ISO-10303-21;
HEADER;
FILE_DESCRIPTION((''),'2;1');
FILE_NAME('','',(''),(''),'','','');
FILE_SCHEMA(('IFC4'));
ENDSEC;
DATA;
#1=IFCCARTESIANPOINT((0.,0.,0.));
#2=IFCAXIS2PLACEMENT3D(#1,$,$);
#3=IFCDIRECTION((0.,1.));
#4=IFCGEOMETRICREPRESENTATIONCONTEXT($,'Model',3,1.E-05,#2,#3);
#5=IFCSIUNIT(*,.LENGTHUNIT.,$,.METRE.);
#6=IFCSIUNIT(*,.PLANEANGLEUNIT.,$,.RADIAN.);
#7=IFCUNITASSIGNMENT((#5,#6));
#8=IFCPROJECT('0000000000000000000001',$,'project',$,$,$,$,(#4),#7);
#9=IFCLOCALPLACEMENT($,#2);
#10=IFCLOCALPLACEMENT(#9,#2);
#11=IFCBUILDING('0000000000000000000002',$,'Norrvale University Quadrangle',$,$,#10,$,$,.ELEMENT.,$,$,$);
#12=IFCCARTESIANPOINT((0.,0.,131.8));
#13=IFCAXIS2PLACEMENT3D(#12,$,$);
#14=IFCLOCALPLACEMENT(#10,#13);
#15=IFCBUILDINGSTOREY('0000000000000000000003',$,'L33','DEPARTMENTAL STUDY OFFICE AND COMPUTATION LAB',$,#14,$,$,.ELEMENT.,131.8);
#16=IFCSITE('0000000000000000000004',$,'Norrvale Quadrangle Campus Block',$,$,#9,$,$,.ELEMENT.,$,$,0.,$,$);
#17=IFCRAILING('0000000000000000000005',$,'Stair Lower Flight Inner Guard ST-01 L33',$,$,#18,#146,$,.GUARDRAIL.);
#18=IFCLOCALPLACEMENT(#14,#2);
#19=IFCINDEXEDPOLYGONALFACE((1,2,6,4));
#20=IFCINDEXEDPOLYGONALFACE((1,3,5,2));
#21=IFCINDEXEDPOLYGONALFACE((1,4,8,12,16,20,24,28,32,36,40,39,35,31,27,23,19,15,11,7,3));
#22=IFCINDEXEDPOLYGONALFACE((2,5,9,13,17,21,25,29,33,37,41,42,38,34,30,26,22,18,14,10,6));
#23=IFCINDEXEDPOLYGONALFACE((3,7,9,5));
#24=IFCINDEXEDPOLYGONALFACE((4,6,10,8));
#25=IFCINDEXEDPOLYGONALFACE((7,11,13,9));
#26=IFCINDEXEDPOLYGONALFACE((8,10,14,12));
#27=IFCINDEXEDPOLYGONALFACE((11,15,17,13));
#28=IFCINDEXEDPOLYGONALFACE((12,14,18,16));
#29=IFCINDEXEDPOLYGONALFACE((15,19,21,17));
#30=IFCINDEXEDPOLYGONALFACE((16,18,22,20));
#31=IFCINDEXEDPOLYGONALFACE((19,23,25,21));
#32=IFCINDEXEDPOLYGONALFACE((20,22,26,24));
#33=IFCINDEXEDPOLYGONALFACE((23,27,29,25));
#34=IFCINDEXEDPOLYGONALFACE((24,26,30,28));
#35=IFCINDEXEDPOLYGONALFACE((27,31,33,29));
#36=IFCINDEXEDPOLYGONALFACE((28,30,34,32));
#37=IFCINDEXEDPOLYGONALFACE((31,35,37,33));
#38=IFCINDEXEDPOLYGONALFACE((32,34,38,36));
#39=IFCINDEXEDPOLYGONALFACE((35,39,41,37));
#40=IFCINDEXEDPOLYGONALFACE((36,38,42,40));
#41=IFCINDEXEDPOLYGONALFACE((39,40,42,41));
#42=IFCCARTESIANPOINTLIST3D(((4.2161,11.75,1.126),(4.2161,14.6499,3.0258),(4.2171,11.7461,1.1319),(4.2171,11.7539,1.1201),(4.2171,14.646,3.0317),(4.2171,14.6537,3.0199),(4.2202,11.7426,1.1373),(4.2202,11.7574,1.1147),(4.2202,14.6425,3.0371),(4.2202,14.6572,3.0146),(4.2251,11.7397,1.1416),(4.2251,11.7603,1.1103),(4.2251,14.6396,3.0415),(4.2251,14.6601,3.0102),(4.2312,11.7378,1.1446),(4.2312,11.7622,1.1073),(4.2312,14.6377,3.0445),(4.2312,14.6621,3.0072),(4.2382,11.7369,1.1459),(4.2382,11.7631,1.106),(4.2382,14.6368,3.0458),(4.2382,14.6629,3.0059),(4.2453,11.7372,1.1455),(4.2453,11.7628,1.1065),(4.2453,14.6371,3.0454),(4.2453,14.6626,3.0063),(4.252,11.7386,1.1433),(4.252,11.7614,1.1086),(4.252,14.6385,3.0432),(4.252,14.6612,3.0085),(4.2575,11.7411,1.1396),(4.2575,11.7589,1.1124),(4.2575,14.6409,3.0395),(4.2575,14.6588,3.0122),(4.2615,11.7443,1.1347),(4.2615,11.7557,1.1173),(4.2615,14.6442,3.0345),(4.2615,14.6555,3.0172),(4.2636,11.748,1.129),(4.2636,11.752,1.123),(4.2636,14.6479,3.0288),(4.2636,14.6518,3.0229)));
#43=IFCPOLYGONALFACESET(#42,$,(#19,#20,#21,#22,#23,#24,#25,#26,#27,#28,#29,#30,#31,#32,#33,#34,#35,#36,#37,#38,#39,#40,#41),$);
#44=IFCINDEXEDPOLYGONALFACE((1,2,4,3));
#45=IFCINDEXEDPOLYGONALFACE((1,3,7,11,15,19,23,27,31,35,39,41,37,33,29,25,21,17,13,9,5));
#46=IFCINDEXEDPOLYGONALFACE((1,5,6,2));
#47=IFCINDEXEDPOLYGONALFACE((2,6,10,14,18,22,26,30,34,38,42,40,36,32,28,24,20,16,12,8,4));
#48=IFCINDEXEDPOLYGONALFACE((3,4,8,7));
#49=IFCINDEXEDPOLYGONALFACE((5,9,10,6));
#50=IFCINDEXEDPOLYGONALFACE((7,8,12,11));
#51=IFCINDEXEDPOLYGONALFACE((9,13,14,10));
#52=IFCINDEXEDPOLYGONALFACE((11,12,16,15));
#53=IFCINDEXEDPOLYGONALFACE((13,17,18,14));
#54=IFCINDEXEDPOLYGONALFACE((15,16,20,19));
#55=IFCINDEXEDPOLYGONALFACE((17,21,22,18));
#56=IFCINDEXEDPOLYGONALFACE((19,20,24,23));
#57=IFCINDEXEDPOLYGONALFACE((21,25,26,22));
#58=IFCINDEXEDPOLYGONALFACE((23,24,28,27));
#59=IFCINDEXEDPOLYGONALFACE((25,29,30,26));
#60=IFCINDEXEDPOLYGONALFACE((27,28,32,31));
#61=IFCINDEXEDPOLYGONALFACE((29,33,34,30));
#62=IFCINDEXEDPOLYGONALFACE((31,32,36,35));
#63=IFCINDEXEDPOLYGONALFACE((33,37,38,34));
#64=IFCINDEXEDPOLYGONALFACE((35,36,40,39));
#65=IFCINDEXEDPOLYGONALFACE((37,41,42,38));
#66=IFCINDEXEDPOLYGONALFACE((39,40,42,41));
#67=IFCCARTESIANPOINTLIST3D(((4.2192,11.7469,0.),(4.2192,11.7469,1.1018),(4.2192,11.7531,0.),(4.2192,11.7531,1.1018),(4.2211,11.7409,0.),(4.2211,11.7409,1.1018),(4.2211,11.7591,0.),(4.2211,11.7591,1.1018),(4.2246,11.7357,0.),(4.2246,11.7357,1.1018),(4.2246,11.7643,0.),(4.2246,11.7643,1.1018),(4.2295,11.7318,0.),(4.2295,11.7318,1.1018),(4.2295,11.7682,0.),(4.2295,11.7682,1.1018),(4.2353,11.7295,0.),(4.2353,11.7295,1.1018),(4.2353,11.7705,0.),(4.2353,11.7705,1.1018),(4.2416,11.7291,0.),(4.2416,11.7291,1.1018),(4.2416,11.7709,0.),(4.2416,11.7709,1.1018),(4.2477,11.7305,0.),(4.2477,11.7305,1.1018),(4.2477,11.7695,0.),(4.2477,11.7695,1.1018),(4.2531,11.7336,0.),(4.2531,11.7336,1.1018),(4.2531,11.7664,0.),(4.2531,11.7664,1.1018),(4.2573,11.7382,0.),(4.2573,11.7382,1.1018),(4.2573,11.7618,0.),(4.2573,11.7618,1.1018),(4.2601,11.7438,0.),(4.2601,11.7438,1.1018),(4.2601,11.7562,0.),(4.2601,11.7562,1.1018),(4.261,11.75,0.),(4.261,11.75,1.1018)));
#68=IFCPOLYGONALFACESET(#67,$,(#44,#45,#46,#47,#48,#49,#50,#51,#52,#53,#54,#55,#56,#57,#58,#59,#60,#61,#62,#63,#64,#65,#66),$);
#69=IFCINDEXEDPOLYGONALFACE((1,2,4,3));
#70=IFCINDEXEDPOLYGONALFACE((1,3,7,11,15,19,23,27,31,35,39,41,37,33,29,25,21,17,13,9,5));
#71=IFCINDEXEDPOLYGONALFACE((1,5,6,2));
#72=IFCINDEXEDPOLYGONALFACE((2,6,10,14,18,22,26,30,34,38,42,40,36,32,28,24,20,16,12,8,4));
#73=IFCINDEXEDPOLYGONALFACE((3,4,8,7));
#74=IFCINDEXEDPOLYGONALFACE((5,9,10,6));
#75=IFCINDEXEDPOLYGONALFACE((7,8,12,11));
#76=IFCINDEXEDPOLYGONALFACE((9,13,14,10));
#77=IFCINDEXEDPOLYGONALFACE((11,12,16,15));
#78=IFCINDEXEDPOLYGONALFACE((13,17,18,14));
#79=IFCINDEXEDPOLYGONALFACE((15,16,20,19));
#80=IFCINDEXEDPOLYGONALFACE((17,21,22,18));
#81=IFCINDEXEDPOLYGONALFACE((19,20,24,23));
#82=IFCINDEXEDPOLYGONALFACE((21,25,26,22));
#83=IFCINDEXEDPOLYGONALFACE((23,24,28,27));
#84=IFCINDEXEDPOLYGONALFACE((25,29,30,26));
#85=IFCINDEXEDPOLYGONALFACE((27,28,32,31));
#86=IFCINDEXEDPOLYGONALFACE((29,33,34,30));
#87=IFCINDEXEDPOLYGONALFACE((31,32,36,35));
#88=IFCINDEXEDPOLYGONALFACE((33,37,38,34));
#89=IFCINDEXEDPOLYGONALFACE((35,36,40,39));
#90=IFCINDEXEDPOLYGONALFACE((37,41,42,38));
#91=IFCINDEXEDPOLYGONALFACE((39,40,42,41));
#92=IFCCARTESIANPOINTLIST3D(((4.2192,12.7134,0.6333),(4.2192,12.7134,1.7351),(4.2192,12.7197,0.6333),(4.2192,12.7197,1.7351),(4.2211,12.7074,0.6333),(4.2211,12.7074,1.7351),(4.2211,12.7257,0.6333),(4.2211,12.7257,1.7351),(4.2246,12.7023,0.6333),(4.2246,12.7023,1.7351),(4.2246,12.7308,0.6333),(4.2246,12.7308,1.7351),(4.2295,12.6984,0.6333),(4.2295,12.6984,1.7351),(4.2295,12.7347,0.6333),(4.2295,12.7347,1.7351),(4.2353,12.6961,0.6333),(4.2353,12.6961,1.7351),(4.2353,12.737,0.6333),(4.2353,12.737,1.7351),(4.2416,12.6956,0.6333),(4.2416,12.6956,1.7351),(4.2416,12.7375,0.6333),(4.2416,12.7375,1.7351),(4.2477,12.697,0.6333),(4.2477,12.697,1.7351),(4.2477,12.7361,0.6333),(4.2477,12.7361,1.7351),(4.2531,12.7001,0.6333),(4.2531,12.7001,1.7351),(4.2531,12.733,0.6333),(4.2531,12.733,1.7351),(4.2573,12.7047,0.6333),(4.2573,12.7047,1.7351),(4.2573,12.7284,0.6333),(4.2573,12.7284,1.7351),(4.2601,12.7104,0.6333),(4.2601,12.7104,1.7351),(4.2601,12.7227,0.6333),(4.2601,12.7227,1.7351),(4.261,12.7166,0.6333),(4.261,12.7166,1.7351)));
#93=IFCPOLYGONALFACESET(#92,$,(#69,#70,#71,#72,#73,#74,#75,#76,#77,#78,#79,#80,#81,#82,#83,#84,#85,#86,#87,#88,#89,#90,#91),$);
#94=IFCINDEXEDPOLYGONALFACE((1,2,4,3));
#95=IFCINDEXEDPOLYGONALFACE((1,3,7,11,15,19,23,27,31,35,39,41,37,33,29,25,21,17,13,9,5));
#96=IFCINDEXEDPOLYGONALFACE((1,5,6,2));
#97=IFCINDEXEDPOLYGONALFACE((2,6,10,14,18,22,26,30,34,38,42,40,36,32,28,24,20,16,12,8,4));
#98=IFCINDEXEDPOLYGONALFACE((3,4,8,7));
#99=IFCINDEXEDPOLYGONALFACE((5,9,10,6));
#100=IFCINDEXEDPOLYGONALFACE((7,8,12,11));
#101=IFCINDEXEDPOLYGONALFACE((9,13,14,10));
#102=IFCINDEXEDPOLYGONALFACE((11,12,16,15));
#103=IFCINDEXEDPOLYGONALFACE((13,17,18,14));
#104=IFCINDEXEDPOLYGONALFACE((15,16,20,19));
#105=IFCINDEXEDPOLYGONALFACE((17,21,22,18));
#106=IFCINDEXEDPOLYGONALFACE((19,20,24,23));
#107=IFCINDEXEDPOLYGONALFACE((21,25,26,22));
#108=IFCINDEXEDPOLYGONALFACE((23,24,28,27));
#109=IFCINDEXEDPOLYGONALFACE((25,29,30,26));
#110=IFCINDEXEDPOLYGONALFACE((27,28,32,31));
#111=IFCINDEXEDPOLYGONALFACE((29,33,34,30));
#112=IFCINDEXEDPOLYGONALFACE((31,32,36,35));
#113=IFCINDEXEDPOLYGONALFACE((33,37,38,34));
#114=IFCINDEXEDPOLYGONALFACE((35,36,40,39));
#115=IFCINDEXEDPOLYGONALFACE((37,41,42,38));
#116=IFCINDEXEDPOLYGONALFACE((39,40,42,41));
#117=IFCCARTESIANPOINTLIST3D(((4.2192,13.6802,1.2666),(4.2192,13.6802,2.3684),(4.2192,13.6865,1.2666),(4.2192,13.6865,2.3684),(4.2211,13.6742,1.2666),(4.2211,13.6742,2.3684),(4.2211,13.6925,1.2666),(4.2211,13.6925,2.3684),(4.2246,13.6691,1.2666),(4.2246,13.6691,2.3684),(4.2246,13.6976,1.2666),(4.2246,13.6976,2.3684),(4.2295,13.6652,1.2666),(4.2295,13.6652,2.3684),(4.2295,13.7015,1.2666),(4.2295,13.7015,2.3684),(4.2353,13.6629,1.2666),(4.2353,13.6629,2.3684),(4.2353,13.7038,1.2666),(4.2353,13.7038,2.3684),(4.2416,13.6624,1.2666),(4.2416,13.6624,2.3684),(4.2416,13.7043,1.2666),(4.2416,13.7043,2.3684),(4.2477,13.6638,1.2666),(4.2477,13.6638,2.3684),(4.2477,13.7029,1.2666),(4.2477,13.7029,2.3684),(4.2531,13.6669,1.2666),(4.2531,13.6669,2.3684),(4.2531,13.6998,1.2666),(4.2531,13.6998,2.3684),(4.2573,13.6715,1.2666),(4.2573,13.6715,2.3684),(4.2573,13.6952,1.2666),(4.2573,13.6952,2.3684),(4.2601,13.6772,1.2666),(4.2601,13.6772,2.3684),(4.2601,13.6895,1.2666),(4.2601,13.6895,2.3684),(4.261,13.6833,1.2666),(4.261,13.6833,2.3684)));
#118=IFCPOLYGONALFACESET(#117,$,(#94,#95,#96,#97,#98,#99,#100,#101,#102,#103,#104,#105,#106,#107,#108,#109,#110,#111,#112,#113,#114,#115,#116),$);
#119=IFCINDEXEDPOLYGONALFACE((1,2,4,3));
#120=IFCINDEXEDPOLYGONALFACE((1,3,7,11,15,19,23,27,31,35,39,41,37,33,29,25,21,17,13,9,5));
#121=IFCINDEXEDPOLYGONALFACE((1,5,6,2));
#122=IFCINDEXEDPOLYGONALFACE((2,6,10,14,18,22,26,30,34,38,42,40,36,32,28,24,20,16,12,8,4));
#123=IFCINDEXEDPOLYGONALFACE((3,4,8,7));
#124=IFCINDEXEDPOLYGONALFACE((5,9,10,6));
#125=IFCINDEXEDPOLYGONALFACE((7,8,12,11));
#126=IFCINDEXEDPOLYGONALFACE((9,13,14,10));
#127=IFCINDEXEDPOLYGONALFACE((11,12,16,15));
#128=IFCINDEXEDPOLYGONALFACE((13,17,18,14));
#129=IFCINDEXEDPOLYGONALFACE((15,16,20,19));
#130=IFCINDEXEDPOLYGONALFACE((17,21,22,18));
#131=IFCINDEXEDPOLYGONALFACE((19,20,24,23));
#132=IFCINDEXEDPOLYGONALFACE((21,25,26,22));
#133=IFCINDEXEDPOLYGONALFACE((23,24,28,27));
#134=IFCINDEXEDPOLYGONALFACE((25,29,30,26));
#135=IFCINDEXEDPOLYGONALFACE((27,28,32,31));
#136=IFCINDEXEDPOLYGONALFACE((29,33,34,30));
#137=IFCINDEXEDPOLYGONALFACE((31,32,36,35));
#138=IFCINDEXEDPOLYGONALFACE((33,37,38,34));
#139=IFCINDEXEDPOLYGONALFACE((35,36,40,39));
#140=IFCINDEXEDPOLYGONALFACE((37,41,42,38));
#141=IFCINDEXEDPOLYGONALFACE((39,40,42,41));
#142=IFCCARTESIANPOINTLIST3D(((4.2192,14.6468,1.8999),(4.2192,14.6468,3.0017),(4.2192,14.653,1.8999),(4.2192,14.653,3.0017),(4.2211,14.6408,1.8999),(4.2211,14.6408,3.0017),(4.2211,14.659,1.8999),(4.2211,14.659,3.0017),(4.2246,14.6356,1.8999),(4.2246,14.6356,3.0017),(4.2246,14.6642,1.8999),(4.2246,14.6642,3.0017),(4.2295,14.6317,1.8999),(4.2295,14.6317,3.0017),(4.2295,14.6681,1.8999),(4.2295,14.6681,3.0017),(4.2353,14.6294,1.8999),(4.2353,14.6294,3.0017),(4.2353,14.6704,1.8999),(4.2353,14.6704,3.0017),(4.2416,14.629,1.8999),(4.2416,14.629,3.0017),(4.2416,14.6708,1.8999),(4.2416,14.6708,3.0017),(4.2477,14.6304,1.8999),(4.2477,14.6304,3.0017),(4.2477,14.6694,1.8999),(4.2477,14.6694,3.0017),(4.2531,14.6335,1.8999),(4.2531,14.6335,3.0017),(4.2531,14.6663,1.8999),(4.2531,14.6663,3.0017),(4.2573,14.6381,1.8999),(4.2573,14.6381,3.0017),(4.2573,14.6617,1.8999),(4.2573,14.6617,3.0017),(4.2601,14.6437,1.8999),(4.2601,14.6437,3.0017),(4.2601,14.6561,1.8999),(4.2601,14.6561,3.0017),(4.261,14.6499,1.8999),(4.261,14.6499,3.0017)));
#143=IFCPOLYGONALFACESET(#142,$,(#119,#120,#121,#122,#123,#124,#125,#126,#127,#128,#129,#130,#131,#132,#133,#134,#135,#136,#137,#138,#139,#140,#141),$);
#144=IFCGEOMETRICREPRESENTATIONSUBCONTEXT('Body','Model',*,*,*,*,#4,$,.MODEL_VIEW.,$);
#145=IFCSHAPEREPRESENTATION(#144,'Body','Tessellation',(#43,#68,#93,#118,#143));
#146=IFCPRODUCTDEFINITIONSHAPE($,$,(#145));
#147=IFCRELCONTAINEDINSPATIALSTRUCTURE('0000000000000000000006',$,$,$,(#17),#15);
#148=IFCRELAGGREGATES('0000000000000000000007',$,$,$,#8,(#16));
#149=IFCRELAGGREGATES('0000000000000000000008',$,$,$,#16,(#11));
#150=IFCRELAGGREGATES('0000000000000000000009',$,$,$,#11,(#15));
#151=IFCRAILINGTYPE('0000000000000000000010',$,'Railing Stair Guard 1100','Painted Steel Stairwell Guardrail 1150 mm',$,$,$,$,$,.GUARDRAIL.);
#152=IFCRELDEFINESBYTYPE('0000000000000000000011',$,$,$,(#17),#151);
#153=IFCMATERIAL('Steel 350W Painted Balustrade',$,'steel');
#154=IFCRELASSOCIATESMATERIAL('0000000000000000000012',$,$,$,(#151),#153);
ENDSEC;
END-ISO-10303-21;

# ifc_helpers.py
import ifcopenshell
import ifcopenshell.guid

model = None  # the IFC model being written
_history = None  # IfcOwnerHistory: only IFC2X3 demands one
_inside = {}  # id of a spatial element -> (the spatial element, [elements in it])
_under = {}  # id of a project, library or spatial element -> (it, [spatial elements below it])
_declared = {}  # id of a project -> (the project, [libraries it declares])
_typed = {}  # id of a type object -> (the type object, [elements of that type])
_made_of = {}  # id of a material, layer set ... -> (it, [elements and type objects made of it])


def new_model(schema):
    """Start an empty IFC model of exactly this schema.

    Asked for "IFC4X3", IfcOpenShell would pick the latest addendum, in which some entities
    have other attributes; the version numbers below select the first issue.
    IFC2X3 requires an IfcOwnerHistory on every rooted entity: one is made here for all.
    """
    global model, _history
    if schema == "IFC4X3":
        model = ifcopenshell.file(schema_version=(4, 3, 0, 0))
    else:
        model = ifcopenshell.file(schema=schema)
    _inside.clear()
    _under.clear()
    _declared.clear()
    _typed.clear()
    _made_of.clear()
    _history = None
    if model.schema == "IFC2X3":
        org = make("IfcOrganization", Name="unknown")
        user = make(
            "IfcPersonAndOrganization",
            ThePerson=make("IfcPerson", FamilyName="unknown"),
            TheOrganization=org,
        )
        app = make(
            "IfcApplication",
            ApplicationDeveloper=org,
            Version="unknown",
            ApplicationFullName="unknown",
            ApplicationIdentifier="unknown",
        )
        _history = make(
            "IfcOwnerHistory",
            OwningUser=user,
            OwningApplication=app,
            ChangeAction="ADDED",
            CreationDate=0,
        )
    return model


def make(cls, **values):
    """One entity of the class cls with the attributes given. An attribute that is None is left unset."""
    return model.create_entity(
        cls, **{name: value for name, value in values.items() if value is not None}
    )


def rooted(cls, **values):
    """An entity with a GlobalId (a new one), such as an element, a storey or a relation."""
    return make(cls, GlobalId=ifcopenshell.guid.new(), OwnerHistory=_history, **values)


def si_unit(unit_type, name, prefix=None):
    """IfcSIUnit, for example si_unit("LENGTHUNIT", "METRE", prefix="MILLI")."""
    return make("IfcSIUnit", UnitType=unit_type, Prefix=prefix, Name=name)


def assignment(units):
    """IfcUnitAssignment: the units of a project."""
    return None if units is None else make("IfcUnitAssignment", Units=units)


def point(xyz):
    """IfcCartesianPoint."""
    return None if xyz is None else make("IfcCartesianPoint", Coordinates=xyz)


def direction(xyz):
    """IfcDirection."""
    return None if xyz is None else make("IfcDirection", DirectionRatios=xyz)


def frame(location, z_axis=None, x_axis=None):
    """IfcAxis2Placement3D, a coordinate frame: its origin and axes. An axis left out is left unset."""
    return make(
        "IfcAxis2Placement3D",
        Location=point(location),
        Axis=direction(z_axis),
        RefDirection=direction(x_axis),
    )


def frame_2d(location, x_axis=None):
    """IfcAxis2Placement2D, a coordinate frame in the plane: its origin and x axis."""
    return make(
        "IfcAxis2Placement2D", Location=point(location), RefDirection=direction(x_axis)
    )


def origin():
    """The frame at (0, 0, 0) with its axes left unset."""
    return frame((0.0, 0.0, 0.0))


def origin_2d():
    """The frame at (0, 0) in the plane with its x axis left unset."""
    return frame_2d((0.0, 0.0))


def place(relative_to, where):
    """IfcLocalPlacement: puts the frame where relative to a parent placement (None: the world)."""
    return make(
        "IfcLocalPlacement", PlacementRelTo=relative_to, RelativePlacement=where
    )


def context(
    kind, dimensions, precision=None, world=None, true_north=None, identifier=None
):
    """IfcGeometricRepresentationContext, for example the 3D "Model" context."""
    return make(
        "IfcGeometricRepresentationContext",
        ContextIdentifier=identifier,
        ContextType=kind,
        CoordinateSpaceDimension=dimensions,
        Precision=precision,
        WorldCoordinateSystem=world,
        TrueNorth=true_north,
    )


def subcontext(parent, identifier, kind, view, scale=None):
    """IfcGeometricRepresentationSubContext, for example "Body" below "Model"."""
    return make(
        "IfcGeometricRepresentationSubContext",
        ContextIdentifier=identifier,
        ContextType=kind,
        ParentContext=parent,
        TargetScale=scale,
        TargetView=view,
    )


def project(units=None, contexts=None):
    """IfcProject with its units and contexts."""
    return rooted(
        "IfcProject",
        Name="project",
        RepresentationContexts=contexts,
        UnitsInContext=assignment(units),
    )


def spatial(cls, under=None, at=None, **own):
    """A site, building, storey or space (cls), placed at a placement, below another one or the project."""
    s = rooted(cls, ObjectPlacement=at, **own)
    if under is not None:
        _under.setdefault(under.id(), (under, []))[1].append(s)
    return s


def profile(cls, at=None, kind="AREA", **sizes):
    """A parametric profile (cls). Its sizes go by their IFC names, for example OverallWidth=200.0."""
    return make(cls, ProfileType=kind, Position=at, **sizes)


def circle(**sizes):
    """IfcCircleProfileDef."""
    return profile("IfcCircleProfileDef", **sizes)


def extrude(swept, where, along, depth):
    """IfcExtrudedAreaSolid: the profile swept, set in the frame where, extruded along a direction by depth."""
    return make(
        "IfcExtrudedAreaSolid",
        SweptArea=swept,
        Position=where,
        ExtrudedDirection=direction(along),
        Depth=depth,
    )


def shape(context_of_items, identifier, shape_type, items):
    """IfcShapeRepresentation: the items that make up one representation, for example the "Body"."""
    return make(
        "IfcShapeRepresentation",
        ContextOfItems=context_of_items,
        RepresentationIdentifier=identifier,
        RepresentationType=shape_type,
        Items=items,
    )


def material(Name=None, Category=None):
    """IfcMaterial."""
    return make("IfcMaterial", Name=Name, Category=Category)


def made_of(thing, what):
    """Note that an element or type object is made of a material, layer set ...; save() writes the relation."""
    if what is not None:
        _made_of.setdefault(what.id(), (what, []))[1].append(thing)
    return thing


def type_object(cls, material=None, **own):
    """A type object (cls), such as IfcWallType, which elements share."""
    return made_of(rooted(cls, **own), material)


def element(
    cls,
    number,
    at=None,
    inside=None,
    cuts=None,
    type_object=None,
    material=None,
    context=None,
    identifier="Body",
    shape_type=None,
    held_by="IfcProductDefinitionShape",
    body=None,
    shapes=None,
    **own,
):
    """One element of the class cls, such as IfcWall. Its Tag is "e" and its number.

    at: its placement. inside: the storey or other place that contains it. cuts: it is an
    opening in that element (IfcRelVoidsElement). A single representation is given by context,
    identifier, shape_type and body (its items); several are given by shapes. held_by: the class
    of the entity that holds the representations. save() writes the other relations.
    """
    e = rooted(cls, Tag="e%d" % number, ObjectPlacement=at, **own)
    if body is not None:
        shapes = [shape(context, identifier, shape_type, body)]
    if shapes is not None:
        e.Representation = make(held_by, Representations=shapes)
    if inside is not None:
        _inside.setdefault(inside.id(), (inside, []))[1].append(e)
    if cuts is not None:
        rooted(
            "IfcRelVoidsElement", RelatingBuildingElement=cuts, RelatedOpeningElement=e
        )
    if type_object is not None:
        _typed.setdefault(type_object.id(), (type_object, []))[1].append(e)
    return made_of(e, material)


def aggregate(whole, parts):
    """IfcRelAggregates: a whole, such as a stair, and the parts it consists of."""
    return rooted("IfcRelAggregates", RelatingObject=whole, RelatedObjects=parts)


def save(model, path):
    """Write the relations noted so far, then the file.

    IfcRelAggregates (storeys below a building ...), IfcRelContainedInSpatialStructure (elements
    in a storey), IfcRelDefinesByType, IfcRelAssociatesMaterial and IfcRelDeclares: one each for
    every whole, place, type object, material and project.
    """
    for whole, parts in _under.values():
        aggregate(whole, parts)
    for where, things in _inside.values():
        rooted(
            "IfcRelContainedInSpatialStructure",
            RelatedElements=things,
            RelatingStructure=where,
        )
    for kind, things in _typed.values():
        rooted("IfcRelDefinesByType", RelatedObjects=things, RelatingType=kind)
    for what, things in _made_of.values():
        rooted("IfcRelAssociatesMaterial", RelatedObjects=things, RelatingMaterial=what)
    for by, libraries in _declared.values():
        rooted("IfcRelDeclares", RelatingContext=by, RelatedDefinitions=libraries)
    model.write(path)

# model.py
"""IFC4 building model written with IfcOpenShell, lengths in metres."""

from ifc_helpers import new_model, si_unit, direction, frame, origin, origin_2d, place, context, subcontext, project, spatial, circle, extrude, material, type_object, element, save


model = new_model("IFC4")

# Units and contexts
model_context = context("Model", 3, precision=1e-05, world=origin(), true_north=direction((0.0, 1.0)))
body_context = subcontext(model_context, "Body", "Model", "MODEL_VIEW")
ifc_project = project(units=[si_unit("LENGTHUNIT", "METRE"), si_unit("PLANEANGLEUNIT", "RADIAN")], contexts=[model_context])

# Site, building, storey
site_placement = place(None, origin())
site = spatial("IfcSite", under=ifc_project, at=site_placement, Name="Norrvale Quadrangle Campus Block", CompositionType="ELEMENT", RefElevation=0.0)
building_placement = place(site_placement, origin())
building = spatial("IfcBuilding", under=site, at=building_placement, Name="Norrvale University Quadrangle", CompositionType="ELEMENT")
storey_placement = place(building_placement, frame((0.0, 0.0, 131.8)))
storey = spatial("IfcBuildingStorey", under=building, at=storey_placement, Name="L33", Description="DEPARTMENTAL STUDY OFFICE AND COMPUTATION LAB", CompositionType="ELEMENT", Elevation=131.8)

# Railing
ifc_material_1 = material(Name="Steel 350W Painted Balustrade", Category="steel")
railing_type_1 = type_object("IfcRailingType", Name="Railing Stair Guard 1100", Description="Painted Steel Stairwell Guardrail 1150 mm", PredefinedType="GUARDRAIL", material=ifc_material_1)
railing_1_placement = place(storey_placement, frame((4.24, 11.75, 0.0)))
element("IfcRailing", 1, at=railing_1_placement, inside=storey, type_object=railing_type_1, Name="Stair Lower Flight Inner Guard ST-01 L33", PredefinedType="GUARDRAIL", context=body_context, shape_type="SweptSolid", body=[
    extrude(circle(Radius=0.0239, at=origin_2d()), frame((0.0, 0.0, 1.126), z_axis=(0.0, 0.836466, 0.548019), x_axis=(-1.0, 0.0, 0.0)), (0.0, 0.0, 1.0), 3.4668),
    extrude(circle(Radius=0.021, at=origin_2d()), origin(), (0.0, 0.0, 1.0), 1.1018),
    extrude(circle(Radius=0.021, at=origin_2d()), frame((0.0, 0.9666, 0.6333)), (0.0, 0.0, 1.0), 1.1018),
    extrude(circle(Radius=0.021, at=origin_2d()), frame((0.0, 1.9333, 1.2666)), (0.0, 0.0, 1.0), 1.1018),
    extrude(circle(Radius=0.021, at=origin_2d()), frame((0.0, 2.8999, 1.8999)), (0.0, 0.0, 1.0), 1.1018),
])

save(model, "model.ifc")
